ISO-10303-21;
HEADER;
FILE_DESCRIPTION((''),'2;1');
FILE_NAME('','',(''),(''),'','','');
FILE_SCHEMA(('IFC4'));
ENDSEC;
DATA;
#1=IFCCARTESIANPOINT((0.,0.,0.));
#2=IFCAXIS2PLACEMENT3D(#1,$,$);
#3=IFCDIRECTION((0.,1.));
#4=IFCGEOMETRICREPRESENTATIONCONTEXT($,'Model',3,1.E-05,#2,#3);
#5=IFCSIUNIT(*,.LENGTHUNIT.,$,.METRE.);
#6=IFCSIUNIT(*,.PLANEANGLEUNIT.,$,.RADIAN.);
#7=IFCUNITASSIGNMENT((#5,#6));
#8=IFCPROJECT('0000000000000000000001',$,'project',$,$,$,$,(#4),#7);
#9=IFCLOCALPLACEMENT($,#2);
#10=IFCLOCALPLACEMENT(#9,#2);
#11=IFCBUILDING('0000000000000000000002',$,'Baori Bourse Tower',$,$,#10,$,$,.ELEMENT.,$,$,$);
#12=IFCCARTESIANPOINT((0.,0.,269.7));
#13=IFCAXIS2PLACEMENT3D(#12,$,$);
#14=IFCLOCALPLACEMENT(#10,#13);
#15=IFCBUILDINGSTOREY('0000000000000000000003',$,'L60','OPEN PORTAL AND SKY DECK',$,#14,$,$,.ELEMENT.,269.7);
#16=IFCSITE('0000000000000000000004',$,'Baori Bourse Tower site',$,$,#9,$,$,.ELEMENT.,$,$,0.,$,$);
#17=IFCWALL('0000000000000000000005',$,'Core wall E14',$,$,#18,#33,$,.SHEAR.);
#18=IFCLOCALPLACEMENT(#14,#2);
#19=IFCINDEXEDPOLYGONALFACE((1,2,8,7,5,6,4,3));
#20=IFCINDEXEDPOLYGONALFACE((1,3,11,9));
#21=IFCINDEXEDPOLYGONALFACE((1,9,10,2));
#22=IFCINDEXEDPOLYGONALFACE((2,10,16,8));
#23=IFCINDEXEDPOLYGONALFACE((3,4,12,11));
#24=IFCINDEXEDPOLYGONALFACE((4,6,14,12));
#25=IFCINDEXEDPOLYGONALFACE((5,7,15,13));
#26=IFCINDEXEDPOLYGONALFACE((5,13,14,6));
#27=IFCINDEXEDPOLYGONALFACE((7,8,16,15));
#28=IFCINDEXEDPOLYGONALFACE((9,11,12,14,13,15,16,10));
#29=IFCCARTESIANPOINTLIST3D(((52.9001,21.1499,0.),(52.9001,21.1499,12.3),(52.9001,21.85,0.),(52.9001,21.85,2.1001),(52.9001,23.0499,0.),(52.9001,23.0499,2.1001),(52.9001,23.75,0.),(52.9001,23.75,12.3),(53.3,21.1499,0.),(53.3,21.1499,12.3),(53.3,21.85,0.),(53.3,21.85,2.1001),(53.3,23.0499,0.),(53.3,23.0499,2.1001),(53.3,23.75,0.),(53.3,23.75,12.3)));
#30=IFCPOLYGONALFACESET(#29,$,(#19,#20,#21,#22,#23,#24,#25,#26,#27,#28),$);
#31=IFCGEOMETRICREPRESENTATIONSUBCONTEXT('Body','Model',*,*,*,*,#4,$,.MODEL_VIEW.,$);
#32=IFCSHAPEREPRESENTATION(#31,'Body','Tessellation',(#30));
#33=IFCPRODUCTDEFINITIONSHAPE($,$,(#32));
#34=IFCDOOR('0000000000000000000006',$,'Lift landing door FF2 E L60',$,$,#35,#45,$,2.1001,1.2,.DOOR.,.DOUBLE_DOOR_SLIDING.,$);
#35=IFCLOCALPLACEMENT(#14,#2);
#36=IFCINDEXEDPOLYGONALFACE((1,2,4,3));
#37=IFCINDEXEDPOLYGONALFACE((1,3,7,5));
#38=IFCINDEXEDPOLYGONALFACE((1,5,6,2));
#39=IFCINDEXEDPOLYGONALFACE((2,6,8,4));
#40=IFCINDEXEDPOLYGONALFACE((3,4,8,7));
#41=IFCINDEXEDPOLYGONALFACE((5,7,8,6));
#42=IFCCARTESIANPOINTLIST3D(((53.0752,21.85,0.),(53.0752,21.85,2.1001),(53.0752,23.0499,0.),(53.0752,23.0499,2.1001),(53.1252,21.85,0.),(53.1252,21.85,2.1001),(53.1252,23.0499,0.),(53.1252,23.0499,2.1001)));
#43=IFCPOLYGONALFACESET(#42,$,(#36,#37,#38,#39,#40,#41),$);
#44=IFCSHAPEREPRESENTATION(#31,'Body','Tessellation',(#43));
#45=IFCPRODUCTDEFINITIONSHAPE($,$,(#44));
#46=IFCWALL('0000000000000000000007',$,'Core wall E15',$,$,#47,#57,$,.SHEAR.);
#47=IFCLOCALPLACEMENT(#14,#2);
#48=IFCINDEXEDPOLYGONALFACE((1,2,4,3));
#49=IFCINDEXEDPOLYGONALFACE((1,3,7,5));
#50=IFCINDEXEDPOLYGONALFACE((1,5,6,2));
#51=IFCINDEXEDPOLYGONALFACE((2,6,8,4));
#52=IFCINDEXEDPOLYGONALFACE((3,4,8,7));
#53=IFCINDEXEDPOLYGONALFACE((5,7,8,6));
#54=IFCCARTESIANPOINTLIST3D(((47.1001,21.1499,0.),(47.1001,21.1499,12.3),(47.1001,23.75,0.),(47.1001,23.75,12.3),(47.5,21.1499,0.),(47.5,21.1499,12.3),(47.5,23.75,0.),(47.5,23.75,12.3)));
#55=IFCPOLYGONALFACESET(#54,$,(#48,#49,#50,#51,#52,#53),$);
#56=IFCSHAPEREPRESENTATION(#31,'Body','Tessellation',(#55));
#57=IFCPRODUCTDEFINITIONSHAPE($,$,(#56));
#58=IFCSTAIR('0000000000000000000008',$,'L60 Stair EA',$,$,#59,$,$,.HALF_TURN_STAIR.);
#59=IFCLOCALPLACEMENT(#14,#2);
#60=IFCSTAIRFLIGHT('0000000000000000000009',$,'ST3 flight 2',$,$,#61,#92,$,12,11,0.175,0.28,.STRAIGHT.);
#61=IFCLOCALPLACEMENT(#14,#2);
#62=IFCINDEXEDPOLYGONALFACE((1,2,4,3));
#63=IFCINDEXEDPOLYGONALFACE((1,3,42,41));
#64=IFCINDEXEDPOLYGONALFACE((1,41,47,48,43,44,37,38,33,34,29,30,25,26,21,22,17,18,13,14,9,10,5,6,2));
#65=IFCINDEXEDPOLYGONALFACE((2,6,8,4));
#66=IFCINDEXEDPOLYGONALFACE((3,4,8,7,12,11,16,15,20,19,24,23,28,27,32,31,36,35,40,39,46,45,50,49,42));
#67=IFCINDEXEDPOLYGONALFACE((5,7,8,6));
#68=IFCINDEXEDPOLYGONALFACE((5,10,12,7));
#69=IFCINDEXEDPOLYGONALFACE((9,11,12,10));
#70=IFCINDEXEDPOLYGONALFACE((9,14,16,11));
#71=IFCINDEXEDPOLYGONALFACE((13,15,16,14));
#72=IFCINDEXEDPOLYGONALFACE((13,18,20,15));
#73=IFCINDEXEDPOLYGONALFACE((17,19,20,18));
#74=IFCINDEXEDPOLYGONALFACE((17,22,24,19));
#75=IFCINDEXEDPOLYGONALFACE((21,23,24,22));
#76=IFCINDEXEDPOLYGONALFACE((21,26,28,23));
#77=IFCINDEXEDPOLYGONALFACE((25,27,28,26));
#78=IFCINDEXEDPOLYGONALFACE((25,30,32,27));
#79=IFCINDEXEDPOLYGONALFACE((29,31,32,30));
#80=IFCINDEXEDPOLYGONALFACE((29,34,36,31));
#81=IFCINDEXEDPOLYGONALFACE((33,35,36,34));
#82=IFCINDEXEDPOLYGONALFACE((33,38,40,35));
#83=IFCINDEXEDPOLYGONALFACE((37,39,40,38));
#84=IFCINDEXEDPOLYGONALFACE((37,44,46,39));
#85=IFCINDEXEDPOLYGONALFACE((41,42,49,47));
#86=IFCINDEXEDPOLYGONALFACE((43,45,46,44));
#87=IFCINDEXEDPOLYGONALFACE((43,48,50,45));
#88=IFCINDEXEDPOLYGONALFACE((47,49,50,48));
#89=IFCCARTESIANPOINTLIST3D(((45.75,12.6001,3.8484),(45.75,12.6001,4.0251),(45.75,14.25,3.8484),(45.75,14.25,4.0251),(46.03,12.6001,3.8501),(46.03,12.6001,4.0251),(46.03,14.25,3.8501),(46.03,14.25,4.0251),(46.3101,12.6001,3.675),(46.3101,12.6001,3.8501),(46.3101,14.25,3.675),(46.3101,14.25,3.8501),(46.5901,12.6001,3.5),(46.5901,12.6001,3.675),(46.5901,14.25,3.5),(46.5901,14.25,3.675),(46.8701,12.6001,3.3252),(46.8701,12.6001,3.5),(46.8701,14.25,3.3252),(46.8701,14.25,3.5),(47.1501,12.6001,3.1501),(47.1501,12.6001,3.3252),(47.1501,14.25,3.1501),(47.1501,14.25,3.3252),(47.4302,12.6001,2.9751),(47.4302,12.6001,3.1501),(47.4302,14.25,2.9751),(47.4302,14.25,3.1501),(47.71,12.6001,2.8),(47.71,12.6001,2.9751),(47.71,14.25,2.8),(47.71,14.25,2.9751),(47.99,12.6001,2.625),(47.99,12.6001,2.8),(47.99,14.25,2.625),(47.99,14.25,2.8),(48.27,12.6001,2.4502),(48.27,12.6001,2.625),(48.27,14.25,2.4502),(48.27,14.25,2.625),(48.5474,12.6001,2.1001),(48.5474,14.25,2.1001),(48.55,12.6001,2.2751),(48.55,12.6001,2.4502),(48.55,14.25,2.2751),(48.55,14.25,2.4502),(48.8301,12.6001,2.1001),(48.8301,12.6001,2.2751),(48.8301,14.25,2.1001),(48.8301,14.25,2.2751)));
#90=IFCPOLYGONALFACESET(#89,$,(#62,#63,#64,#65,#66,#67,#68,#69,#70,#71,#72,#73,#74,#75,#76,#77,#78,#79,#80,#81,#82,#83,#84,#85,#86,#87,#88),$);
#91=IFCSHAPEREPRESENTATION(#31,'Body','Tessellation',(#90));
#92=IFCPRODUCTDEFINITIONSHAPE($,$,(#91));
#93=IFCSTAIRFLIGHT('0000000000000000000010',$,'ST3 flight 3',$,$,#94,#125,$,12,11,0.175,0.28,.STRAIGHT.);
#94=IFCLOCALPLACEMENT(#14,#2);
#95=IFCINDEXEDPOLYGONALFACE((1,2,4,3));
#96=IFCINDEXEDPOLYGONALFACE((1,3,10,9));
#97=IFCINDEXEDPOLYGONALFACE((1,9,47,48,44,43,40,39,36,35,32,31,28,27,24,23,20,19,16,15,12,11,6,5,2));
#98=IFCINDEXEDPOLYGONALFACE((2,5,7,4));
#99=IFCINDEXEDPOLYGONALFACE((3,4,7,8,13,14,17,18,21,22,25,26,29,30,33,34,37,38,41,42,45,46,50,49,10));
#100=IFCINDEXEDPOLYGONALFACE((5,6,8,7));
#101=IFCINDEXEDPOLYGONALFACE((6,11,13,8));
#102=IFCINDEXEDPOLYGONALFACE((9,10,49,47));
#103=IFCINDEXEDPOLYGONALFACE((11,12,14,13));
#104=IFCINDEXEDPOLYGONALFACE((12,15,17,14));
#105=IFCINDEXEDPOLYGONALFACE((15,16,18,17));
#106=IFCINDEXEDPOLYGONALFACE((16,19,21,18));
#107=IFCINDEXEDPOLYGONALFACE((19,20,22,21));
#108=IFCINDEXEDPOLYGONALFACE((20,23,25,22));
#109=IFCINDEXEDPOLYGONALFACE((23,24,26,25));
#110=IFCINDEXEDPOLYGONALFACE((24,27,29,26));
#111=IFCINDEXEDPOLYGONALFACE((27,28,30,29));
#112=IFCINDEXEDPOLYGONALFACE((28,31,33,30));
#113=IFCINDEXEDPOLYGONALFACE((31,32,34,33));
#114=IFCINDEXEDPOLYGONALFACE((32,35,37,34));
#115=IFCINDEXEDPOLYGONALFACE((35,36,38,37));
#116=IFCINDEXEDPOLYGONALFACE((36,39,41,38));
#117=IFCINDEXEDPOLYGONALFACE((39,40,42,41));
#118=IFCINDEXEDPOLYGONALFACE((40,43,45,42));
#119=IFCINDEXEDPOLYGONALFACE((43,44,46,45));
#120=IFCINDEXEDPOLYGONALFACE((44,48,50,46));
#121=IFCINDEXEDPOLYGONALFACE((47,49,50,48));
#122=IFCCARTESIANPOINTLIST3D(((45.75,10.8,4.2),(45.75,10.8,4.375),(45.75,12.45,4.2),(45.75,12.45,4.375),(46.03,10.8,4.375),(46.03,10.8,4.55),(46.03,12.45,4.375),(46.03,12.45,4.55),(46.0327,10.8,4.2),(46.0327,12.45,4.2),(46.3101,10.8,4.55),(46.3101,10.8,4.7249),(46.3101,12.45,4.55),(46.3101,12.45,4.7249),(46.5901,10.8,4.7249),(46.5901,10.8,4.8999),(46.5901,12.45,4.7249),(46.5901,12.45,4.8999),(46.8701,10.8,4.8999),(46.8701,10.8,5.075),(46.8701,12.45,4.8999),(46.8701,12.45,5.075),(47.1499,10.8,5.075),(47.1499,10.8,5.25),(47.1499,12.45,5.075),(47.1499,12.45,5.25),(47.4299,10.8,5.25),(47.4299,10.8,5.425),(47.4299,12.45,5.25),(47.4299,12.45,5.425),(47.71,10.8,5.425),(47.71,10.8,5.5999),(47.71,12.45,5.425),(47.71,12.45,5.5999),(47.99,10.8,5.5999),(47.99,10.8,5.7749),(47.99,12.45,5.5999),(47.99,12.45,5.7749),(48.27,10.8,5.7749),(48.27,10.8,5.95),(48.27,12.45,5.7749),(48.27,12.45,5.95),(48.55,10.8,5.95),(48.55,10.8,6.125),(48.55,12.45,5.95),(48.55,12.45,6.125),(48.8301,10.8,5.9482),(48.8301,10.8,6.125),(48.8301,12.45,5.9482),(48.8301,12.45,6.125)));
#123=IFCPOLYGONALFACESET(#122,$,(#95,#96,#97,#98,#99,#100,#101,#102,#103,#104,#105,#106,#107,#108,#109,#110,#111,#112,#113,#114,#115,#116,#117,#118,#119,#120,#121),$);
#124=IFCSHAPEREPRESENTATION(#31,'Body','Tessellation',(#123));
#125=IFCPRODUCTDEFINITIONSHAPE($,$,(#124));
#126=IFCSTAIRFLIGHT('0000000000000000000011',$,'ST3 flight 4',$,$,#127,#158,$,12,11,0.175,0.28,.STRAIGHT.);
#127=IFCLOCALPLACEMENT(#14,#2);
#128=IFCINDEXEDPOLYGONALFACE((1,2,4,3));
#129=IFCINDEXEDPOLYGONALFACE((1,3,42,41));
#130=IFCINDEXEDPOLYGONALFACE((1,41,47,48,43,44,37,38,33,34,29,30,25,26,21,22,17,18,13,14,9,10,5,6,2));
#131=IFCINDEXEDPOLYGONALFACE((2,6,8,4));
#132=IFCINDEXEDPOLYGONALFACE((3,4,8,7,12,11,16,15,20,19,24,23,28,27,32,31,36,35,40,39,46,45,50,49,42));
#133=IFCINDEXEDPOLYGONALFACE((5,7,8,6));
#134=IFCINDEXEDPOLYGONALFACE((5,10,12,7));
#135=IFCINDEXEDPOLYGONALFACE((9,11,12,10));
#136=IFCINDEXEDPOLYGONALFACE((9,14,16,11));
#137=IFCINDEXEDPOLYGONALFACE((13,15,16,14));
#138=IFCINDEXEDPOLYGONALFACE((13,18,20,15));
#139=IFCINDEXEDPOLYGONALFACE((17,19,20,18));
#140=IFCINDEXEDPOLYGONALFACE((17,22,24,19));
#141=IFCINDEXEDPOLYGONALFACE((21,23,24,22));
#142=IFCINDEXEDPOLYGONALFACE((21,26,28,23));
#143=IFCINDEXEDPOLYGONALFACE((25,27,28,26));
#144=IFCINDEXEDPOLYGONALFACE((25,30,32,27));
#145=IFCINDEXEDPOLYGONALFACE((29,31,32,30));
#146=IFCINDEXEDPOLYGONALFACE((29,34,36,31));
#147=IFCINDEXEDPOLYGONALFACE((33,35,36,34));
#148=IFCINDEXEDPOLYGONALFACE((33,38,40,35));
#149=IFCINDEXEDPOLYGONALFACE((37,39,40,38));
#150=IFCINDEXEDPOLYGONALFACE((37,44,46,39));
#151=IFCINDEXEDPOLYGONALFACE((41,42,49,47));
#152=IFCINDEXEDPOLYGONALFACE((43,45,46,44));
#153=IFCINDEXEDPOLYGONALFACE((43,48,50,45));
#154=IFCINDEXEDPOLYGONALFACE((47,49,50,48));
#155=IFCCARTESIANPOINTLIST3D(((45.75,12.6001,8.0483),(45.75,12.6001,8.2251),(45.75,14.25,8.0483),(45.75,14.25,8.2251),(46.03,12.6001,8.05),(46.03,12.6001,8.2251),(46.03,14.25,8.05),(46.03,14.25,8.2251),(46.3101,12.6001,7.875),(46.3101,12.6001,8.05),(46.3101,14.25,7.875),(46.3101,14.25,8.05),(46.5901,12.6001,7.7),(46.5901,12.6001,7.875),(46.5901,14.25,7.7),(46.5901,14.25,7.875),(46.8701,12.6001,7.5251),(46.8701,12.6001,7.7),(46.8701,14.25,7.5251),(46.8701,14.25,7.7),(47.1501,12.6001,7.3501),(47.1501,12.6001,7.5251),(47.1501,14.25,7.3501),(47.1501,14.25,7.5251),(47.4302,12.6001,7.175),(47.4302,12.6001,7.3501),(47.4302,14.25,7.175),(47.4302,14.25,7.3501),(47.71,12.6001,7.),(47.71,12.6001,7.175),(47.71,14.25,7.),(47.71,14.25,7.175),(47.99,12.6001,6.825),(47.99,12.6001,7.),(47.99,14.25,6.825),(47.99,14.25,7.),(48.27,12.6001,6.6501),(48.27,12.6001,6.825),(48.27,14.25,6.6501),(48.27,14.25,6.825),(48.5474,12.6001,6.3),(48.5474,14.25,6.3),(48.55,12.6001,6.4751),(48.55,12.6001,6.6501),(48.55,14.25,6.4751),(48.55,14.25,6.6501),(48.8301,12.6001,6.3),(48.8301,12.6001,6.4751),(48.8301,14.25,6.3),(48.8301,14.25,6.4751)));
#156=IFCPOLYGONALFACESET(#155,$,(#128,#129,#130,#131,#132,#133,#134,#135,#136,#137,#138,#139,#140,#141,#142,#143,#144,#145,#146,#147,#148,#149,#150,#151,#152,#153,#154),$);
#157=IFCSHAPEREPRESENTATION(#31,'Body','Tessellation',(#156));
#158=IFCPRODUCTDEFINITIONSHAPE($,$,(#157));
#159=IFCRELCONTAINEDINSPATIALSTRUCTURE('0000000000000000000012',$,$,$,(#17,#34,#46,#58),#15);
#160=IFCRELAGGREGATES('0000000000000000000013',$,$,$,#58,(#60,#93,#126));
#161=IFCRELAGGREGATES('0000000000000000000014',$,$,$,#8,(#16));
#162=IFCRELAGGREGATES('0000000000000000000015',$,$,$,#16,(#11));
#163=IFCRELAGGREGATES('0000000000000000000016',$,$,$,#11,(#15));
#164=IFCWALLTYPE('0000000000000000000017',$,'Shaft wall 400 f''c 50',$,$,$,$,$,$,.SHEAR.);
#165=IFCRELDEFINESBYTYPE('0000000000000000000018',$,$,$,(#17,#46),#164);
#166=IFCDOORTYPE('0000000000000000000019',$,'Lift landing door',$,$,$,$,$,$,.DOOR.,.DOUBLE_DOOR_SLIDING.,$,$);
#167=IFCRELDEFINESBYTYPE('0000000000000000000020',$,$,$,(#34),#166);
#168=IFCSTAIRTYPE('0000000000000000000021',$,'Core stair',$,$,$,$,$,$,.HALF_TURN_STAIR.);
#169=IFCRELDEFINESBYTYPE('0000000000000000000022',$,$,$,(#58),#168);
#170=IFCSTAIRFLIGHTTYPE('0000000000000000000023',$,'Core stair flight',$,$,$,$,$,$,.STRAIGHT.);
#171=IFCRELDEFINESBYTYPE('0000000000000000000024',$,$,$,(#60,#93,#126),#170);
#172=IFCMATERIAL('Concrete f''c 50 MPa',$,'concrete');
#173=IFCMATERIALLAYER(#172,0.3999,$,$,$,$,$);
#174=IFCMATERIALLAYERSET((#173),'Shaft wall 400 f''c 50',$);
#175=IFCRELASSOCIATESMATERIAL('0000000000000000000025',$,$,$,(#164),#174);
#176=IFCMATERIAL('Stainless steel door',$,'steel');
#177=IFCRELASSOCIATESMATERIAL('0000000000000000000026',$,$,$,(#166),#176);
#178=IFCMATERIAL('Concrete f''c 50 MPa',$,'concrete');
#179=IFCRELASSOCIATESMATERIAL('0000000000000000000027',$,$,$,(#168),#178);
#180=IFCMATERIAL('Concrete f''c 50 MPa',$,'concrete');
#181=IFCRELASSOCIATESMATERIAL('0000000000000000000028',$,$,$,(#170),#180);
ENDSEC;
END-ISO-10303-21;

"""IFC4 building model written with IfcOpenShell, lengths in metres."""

from ifc_helpers import new_model, si_unit, direction, frame, frame_2d, origin, place, context, subcontext, project, spatial, polyline, rectangle, outline, extrude, material, layer, layer_set, type_object, element, fill, aggregate, save


model = new_model("IFC4")

# Units and contexts
model_context = context("Model", 3, precision=1e-05, world=origin(), true_north=direction((0.0, 1.0)))
body_context = subcontext(model_context, "Body", "Model", "MODEL_VIEW")
ifc_project = project(units=[si_unit("LENGTHUNIT", "METRE"), si_unit("PLANEANGLEUNIT", "RADIAN")], contexts=[model_context])

# Site, building, storey
site_placement = place(None, origin())
site = spatial("IfcSite", under=ifc_project, at=site_placement, Name="Baori Bourse Tower site", CompositionType="ELEMENT", RefElevation=0.0)
building_placement = place(site_placement, origin())
building = spatial("IfcBuilding", under=site, at=building_placement, Name="Baori Bourse Tower", CompositionType="ELEMENT")
storey_placement = place(building_placement, frame((0.0, 0.0, 269.7)))
storey = spatial("IfcBuildingStorey", under=building, at=storey_placement, Name="L60", Description="OPEN PORTAL AND SKY DECK", CompositionType="ELEMENT", Elevation=269.7)

# Wall, opening, door
ifc_material_1 = material(Name="Concrete f'c 50 MPa", Category="concrete")
ifc_layer_1 = layer(ifc_material_1, 0.3999)
ifc_layer_set_1 = layer_set([ifc_layer_1], Name="Shaft wall 400 f'c 50")
wall_type_1 = type_object("IfcWallType", Name="Shaft wall 400 f'c 50", PredefinedType="SHEAR", material=ifc_layer_set_1)
wall_1_placement = place(storey_placement, frame((53.1001, 21.1499, 0.0), z_axis=(0.0, 0.0, 1.0), x_axis=(0.0, 1.0, 0.0)))
wall_1 = element("IfcWall", 1, at=wall_1_placement, inside=storey, type_object=wall_type_1, Name="Core wall E14", PredefinedType="SHEAR", context=body_context, shape_type="SweptSolid", body=[
    extrude(rectangle(XDim=2.6001, YDim=0.3999, at=frame_2d((1.3, 0.0))), origin(), (0.0, 0.0, 1.0), 12.3),
])
opening_1_placement = place(wall_1_placement, frame((0.7, 0.0, 0.0)))
opening_1 = element("IfcOpeningElement", 2, at=opening_1_placement, cuts=wall_1, PredefinedType="OPENING", context=body_context, shape_type="SweptSolid", body=[
    extrude(rectangle(XDim=1.2, YDim=2.1001, at=frame_2d((0.6001, 1.05))), frame((0.0, 0.21, 0.0), z_axis=(0.0, -1.0, 0.0), x_axis=(1.0, 0.0, 0.0)), (0.0, 0.0, 1.0), 0.4199),
])
ifc_material_2 = material(Name="Stainless steel door", Category="steel")
door_type_1 = type_object("IfcDoorType", Name="Lift landing door", OperationType="DOUBLE_DOOR_SLIDING", PredefinedType="DOOR", material=ifc_material_2)
door_1_placement = place(opening_1_placement, origin())
door_1 = element("IfcDoor", 3, at=door_1_placement, inside=storey, type_object=door_type_1, Name="Lift landing door FF2 E L60", OperationType="DOUBLE_DOOR_SLIDING", OverallHeight=2.1001, OverallWidth=1.2, PredefinedType="DOOR", context=body_context, shape_type="SweptSolid", body=[
    extrude(rectangle(XDim=1.2, YDim=2.1001, at=frame_2d((0.6001, 1.05))), frame((0.0, 0.0249, 0.0), z_axis=(0.0, -1.0, 0.0), x_axis=(1.0, 0.0, 0.0)), (0.0, 0.0, 1.0), 0.05),
])
fill(opening_1, door_1)

# Wall
wall_2_placement = place(storey_placement, frame((47.3, 21.1499, 0.0), z_axis=(0.0, 0.0, 1.0), x_axis=(0.0, 1.0, 0.0)))
element("IfcWall", 4, at=wall_2_placement, inside=storey, type_object=wall_type_1, Name="Core wall E15", PredefinedType="SHEAR", context=body_context, shape_type="SweptSolid", body=[
    extrude(rectangle(XDim=2.6001, YDim=0.3999, at=frame_2d((1.3, 0.0))), origin(), (0.0, 0.0, 1.0), 12.3),
])

# Stair, stair flights
ifc_material_3 = material(Name="Concrete f'c 50 MPa", Category="concrete")
stair_type = type_object("IfcStairType", Name="Core stair", PredefinedType="HALF_TURN_STAIR", material=ifc_material_3)
stair_placement = place(storey_placement, origin())
stair = element("IfcStair", 5, at=stair_placement, inside=storey, type_object=stair_type, Name="L60 Stair EA", PredefinedType="HALF_TURN_STAIR")
ifc_material_4 = material(Name="Concrete f'c 50 MPa", Category="concrete")
stair_flight_type = type_object("IfcStairFlightType", Name="Core stair flight", PredefinedType="STRAIGHT", material=ifc_material_4)
stair_flight_1_placement = place(storey_placement, frame((48.8301, 13.425, 2.1001), z_axis=(0.0, 0.0, 1.0), x_axis=(-1.0, 0.0, 0.0)))
stair_flight_1 = element("IfcStairFlight", 6, at=stair_flight_1_placement, type_object=stair_flight_type, Name="ST3 flight 2", NumberOfRisers=12, NumberOfTreads=11, PredefinedType="STRAIGHT", RiserHeight=0.175, TreadLength=0.28, context=body_context, shape_type="SweptSolid", body=[
    extrude(outline(polyline([(0.0, 0.0), (0.0, 0.175), (0.28, 0.175), (0.28, 0.3501), (0.5601, 0.3501), (0.5601, 0.5249), (0.8401, 0.5249), (0.8401, 0.7), (1.1201, 0.7), (1.1201, 0.875), (1.3999, 0.875), (1.3999, 1.05), (1.6799, 1.05), (1.6799, 1.2251), (1.96, 1.2251), (1.96, 1.3999), (2.24, 1.3999), (2.24, 1.575), (2.52, 1.575), (2.52, 1.75), (2.8, 1.75), (2.8, 1.925), (3.0801, 1.925), (3.0801, 2.1001), (3.0801, 1.7483), (0.2827, 0.0), (0.0, 0.0)])), frame((0.0, 0.825, 0.0), z_axis=(0.0, -1.0, 0.0), x_axis=(1.0, 0.0, 0.0)), (0.0, 0.0, 1.0), 1.6499),
])
stair_flight_2_placement = place(storey_placement, frame((45.75, 11.625, 4.2), z_axis=(0.0, 0.0, 1.0), x_axis=(1.0, 0.0, 0.0)))
stair_flight_2 = element("IfcStairFlight", 7, at=stair_flight_2_placement, type_object=stair_flight_type, Name="ST3 flight 3", NumberOfRisers=12, NumberOfTreads=11, PredefinedType="STRAIGHT", RiserHeight=0.175, TreadLength=0.28, context=body_context, shape_type="SweptSolid", body=[
    extrude(outline(polyline([(0.0, 0.0), (0.0, 0.175), (0.28, 0.175), (0.28, 0.3501), (0.5601, 0.3501), (0.5601, 0.5249), (0.8401, 0.5249), (0.8401, 0.7), (1.1201, 0.7), (1.1201, 0.875), (1.3999, 0.875), (1.3999, 1.05), (1.6799, 1.05), (1.6799, 1.2251), (1.96, 1.2251), (1.96, 1.3999), (2.24, 1.3999), (2.24, 1.575), (2.52, 1.575), (2.52, 1.75), (2.8, 1.75), (2.8, 1.925), (3.0801, 1.925), (3.0801, 2.1001), (3.0801, 1.7483), (0.2827, 0.0), (0.0, 0.0)])), frame((0.0, 0.825, 0.0), z_axis=(0.0, -1.0, 0.0), x_axis=(1.0, 0.0, 0.0)), (0.0, 0.0, 1.0), 1.6499),
])
stair_flight_3_placement = place(storey_placement, frame((48.8301, 13.425, 6.3), z_axis=(0.0, 0.0, 1.0), x_axis=(-1.0, 0.0, 0.0)))
stair_flight_3 = element("IfcStairFlight", 8, at=stair_flight_3_placement, type_object=stair_flight_type, Name="ST3 flight 4", NumberOfRisers=12, NumberOfTreads=11, PredefinedType="STRAIGHT", RiserHeight=0.175, TreadLength=0.28, context=body_context, shape_type="SweptSolid", body=[
    extrude(outline(polyline([(0.0, 0.0), (0.0, 0.175), (0.28, 0.175), (0.28, 0.3501), (0.5601, 0.3501), (0.5601, 0.5249), (0.8401, 0.5249), (0.8401, 0.7), (1.1201, 0.7), (1.1201, 0.875), (1.3999, 0.875), (1.3999, 1.05), (1.6799, 1.05), (1.6799, 1.2251), (1.96, 1.2251), (1.96, 1.3999), (2.24, 1.3999), (2.24, 1.575), (2.52, 1.575), (2.52, 1.75), (2.8, 1.75), (2.8, 1.925), (3.0801, 1.925), (3.0801, 2.1001), (3.0801, 1.7483), (0.2827, 0.0), (0.0, 0.0)])), frame((0.0, 0.825, 0.0), z_axis=(0.0, -1.0, 0.0), x_axis=(1.0, 0.0, 0.0)), (0.0, 0.0, 1.0), 1.6499),
])
aggregate(stair, [stair_flight_1, stair_flight_2, stair_flight_3])

save(model, "model.ifc")
